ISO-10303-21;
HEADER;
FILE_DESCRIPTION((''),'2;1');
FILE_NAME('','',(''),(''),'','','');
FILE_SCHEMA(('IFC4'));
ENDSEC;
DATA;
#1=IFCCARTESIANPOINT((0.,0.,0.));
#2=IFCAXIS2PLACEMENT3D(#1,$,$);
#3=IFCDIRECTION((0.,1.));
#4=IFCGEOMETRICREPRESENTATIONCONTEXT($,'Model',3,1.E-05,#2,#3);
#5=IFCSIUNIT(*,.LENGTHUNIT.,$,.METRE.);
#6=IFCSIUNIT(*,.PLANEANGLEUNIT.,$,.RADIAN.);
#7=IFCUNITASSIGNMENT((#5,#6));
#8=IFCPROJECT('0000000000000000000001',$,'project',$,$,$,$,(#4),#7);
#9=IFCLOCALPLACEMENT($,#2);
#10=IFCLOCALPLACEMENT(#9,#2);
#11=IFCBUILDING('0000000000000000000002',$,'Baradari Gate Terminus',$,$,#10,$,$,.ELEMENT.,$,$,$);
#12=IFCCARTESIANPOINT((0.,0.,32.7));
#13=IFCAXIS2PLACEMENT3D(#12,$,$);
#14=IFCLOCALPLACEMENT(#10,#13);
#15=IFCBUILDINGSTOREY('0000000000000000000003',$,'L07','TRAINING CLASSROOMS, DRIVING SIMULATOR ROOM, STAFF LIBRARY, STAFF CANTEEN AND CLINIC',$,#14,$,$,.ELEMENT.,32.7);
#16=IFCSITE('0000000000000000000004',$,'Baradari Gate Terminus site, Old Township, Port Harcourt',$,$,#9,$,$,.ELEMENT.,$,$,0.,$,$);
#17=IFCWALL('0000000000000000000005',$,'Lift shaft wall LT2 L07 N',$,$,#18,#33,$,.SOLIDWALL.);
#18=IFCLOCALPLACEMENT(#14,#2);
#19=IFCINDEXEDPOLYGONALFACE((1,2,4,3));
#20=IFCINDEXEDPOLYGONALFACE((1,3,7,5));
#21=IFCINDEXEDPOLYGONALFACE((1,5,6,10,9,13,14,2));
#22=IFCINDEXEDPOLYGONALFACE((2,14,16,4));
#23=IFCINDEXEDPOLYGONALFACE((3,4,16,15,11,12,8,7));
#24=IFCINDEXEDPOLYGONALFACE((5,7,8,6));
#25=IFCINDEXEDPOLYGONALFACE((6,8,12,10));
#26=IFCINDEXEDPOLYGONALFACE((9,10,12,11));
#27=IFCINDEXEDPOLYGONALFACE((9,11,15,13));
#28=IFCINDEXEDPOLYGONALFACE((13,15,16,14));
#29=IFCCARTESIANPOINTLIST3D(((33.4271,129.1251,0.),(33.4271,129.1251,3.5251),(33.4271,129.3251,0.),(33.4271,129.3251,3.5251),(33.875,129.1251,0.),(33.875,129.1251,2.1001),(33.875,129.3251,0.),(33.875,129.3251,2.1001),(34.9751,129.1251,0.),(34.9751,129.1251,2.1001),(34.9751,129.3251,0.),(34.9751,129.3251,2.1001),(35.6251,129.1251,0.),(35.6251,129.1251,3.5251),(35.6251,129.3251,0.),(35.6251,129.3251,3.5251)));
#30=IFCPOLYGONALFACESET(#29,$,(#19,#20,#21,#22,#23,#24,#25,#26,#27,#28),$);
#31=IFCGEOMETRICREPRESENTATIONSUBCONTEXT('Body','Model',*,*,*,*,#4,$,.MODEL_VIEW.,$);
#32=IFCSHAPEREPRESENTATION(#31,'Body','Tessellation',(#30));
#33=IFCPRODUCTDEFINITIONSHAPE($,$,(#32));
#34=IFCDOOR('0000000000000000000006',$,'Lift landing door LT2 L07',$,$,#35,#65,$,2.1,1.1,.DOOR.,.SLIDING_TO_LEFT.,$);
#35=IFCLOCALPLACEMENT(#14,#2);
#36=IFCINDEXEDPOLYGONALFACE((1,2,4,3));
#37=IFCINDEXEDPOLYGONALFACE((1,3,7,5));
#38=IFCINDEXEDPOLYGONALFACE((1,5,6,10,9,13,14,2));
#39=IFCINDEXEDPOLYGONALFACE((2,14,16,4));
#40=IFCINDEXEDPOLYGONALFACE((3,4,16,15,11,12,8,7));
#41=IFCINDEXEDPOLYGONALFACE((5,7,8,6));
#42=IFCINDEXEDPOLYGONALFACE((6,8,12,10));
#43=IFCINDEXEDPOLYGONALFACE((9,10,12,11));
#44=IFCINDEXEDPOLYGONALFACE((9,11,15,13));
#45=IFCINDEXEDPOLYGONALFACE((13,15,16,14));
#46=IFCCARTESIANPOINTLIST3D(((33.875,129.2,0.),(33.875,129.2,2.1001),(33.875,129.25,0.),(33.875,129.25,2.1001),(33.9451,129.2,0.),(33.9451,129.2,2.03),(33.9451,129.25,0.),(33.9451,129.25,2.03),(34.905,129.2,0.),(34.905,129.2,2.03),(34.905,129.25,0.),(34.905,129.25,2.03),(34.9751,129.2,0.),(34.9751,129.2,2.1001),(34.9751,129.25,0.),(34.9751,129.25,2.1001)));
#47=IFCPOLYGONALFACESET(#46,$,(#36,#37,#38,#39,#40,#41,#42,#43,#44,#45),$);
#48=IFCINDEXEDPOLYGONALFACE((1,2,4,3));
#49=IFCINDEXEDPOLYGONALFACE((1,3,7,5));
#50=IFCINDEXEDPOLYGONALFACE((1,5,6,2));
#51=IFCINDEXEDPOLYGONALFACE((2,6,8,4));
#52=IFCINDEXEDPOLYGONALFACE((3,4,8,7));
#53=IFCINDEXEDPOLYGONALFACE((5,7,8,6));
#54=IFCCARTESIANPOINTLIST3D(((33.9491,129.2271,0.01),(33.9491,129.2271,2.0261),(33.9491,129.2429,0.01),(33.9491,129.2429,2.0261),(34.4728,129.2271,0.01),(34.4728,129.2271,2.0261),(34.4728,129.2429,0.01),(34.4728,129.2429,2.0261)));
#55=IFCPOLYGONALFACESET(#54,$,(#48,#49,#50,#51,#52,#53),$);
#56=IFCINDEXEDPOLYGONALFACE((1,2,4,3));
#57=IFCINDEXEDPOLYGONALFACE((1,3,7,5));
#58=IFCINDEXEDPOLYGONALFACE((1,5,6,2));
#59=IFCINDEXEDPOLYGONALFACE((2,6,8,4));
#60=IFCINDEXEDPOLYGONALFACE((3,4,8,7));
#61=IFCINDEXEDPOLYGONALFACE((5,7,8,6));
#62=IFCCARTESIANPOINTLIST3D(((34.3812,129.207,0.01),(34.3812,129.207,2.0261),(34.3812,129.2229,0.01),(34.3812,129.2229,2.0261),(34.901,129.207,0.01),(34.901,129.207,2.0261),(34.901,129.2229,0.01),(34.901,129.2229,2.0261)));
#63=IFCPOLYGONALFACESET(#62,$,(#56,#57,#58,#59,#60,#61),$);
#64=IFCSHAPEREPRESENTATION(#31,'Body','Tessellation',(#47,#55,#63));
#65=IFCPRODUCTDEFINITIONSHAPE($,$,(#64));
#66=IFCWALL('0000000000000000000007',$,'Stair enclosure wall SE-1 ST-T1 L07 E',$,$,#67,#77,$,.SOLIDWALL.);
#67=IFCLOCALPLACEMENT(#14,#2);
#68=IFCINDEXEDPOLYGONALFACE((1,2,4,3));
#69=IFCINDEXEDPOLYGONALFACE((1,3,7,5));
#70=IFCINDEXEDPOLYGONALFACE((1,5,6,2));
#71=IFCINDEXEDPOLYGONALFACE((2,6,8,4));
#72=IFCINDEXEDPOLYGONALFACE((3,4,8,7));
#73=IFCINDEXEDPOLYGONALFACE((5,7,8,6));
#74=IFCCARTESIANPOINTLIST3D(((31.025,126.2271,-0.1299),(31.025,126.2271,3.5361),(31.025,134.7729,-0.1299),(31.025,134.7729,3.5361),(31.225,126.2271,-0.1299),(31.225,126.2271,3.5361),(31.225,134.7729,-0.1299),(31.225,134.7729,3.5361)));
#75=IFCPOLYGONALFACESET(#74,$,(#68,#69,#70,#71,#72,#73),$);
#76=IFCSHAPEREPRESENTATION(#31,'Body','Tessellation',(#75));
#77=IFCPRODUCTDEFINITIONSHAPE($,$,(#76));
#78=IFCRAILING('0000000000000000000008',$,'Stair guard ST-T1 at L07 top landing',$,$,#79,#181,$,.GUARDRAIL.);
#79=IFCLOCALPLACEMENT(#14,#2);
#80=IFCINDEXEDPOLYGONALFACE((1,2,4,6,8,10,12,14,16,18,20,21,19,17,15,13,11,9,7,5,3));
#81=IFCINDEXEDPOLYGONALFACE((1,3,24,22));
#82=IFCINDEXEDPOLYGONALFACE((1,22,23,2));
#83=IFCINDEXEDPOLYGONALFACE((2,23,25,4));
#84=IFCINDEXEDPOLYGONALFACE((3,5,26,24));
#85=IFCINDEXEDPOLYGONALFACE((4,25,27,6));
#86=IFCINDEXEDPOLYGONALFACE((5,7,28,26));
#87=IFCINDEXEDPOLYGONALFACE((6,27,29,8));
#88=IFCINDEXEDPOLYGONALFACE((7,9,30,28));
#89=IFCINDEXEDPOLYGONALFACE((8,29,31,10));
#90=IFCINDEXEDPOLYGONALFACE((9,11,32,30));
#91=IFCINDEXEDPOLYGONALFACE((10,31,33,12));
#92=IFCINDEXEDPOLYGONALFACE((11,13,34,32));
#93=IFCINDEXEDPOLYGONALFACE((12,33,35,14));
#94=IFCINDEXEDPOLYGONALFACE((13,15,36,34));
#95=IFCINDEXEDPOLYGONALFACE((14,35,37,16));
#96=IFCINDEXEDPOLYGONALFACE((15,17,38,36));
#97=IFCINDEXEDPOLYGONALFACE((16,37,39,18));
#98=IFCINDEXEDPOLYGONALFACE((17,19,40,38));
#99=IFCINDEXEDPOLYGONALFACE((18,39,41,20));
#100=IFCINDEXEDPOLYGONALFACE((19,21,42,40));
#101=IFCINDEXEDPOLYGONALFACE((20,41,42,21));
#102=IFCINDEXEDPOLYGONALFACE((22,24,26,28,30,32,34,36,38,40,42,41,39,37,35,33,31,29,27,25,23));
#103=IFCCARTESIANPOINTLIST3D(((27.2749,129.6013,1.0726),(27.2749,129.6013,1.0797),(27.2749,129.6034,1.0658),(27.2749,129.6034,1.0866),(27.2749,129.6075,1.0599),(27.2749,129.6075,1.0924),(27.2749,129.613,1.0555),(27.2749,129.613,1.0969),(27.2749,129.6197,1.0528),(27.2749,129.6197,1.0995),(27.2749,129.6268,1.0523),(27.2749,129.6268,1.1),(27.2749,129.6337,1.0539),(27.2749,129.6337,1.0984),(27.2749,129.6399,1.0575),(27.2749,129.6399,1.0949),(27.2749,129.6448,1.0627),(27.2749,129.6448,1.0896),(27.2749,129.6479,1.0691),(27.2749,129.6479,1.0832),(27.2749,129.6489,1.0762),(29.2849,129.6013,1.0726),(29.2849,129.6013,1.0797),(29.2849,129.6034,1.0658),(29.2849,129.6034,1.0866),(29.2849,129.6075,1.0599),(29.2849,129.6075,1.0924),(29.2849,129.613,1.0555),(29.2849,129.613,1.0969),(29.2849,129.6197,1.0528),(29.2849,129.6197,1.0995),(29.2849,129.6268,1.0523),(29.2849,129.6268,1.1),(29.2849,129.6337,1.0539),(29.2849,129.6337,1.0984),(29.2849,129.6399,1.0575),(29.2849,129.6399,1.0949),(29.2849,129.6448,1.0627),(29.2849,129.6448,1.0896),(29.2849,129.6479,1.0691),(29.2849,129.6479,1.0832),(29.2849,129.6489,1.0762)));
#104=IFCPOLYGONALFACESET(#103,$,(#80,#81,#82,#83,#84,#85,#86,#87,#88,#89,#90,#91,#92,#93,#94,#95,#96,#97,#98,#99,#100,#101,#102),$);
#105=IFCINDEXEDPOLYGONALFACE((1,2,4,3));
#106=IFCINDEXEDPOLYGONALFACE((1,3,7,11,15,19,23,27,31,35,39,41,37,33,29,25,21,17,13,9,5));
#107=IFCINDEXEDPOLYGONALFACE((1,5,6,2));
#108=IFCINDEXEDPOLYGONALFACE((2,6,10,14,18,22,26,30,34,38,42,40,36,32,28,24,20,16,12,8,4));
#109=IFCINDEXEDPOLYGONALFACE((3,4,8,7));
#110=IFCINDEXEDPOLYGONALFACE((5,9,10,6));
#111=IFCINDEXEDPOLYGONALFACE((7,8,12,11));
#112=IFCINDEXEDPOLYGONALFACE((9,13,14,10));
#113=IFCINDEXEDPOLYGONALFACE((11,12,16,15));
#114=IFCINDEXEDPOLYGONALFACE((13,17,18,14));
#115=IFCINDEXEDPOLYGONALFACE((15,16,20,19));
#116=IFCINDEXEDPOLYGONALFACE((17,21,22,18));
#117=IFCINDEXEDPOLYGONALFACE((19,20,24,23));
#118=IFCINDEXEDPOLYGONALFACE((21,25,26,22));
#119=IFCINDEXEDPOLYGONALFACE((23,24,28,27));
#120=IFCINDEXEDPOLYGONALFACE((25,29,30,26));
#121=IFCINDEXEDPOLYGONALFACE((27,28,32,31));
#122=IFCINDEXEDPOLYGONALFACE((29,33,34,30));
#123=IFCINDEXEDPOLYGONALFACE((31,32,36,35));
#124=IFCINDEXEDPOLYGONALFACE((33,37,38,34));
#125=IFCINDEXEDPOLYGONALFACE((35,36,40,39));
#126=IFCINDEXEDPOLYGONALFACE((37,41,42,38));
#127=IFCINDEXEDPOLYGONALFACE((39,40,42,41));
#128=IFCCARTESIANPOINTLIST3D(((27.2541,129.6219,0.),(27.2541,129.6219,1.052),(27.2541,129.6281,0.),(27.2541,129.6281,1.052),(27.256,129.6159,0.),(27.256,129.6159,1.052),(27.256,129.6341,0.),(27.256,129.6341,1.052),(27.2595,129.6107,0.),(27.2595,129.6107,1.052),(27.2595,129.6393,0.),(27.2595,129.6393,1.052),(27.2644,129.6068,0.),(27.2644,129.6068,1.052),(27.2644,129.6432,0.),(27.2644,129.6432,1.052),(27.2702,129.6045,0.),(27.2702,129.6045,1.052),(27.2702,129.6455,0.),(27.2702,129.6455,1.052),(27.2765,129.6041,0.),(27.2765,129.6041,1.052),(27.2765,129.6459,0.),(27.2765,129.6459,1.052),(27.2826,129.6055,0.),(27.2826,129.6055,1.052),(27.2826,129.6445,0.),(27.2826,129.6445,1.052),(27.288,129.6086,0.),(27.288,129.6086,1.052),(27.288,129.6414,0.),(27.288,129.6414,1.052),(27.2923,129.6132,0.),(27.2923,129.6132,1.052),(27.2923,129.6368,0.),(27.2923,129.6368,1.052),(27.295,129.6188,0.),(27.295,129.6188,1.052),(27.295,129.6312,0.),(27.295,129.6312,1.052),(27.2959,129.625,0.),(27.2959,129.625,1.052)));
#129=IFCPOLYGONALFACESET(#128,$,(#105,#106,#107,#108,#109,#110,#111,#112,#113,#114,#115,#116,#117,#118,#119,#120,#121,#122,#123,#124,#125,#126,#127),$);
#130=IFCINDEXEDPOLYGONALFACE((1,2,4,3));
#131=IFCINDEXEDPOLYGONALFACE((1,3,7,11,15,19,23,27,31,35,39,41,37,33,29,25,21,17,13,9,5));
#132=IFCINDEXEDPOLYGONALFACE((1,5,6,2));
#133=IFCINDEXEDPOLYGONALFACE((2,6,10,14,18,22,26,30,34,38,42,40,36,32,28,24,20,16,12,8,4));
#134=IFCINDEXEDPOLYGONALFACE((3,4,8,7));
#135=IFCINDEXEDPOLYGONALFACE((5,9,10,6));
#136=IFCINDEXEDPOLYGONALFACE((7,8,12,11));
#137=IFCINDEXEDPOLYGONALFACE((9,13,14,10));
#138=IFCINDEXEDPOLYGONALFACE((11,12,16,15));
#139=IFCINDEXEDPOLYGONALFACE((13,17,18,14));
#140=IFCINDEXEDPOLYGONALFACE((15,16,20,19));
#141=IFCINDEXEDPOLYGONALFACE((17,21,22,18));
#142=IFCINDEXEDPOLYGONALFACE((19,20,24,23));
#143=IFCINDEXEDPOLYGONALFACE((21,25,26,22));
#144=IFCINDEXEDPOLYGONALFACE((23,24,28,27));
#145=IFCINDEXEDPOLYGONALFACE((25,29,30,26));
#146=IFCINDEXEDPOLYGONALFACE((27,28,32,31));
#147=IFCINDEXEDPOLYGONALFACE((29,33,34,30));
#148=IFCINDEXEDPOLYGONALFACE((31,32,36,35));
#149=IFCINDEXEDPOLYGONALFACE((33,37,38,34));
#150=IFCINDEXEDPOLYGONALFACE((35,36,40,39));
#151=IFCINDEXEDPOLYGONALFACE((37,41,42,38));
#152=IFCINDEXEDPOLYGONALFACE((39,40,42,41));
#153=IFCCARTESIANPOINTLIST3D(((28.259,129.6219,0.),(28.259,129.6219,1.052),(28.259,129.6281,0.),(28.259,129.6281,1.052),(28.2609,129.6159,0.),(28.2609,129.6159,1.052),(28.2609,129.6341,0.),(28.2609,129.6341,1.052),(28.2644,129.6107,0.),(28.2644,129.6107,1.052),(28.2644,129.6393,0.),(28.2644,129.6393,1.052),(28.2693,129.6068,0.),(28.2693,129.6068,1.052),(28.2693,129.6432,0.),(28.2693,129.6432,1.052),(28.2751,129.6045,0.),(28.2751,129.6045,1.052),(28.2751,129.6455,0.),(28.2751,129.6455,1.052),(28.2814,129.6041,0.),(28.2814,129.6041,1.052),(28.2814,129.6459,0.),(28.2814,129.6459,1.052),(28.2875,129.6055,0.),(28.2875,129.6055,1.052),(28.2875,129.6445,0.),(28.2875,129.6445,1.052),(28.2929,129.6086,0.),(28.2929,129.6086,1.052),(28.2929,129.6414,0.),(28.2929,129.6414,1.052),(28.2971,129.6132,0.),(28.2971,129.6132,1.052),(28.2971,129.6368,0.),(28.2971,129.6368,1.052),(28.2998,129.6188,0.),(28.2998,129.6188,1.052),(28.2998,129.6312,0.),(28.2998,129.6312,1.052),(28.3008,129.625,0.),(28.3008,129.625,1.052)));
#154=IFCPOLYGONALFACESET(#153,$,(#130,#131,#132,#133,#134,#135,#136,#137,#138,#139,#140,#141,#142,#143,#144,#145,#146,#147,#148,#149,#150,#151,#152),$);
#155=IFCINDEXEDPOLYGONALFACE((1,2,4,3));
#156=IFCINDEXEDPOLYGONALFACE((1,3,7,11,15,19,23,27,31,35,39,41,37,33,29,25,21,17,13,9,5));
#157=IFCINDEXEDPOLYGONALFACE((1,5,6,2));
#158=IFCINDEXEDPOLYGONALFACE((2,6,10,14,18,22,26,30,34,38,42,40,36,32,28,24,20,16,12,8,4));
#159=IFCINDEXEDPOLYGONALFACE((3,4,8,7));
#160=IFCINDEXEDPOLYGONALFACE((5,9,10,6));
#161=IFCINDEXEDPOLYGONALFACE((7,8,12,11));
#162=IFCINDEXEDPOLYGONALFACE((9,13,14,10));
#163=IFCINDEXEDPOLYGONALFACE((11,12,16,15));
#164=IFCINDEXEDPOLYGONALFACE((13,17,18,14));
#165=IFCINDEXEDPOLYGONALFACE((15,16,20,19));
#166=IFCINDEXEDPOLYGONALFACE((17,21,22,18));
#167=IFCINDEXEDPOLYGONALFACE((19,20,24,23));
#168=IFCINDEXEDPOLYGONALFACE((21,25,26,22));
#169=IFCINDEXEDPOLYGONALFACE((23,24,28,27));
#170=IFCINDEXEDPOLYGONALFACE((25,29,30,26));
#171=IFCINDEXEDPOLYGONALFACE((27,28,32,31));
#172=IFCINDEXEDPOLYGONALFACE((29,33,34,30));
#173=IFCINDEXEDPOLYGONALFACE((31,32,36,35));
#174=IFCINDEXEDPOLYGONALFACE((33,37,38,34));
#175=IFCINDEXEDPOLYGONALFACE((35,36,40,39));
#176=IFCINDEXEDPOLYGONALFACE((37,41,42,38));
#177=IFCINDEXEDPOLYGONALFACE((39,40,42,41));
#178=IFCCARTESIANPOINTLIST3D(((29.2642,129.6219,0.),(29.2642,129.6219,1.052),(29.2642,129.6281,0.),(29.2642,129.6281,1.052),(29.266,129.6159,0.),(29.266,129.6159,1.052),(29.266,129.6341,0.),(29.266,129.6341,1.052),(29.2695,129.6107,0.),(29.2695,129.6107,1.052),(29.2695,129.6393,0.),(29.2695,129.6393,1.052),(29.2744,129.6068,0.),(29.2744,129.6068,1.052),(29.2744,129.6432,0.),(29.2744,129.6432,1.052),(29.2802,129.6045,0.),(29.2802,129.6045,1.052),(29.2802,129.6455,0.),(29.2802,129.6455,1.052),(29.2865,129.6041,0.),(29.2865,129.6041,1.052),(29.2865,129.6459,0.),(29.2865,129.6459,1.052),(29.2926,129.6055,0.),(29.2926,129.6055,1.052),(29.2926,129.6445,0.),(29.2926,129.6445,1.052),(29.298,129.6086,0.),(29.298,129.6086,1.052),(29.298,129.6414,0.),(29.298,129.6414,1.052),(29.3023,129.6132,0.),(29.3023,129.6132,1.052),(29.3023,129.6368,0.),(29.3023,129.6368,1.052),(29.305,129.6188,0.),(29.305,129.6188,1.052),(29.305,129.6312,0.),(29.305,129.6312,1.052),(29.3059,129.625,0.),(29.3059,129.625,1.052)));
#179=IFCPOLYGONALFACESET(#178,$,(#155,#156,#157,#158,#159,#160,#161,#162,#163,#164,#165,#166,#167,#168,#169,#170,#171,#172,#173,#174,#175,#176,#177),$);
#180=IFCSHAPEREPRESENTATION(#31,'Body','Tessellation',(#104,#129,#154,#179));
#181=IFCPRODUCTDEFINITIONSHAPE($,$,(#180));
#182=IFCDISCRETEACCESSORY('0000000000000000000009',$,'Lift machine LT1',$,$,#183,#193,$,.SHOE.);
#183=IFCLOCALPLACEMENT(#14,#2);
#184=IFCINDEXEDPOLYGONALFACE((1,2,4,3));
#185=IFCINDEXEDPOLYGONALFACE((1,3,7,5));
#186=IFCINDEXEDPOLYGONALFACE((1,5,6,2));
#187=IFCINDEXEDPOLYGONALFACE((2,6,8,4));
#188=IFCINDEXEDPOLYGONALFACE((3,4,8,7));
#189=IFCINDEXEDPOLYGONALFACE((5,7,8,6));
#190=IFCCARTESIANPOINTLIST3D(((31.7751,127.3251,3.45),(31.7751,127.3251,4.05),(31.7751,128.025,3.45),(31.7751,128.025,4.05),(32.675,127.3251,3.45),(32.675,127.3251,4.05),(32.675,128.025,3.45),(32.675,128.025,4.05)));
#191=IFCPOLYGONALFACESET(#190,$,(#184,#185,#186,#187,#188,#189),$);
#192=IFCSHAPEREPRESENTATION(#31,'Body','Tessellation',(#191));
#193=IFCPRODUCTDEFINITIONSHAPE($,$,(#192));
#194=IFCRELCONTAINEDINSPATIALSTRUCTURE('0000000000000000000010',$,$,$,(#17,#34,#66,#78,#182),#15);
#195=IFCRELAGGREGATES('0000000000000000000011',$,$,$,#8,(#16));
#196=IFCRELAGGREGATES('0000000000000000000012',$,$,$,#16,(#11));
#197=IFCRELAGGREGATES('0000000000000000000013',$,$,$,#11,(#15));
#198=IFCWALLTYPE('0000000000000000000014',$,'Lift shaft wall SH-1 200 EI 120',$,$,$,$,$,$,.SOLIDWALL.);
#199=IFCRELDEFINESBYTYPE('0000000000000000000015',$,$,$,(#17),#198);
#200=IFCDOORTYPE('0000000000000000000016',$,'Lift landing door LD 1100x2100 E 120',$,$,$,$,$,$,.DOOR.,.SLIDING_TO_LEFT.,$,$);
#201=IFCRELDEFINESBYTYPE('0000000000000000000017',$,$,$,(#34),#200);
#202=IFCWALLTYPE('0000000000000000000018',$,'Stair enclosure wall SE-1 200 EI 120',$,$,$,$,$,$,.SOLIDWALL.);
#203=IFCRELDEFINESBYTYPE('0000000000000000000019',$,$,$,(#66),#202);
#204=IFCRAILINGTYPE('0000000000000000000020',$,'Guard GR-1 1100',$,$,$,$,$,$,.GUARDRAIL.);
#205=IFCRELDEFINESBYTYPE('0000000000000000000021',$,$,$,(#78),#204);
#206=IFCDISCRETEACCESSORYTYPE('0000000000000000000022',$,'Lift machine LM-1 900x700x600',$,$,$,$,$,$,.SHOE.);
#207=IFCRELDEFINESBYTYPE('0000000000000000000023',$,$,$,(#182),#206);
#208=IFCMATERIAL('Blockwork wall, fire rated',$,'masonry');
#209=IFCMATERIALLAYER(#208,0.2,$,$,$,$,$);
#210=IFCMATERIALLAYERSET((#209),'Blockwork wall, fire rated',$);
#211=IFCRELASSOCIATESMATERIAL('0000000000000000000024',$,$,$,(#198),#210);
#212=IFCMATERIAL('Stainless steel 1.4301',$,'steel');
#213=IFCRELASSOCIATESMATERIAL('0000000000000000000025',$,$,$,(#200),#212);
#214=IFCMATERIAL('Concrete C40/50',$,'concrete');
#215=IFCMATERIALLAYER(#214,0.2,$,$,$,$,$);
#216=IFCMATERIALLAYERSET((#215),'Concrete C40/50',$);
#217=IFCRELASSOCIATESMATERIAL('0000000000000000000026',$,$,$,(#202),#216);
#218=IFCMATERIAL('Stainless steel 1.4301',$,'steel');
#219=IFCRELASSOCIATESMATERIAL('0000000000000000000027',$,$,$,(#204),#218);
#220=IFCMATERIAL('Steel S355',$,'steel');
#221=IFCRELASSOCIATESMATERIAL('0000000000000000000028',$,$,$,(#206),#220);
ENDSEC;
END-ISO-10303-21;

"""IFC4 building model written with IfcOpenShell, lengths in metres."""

from ifc_helpers import new_model, si_unit, direction, frame, frame_2d, origin, origin_2d, place, context, subcontext, project, spatial, polyline, rectangle, circle, outline, extrude, material, layer, layer_set, type_object, element, fill, save


model = new_model("IFC4")

# Units and contexts
model_context = context("Model", 3, precision=1e-05, world=origin(), true_north=direction((0.0, 1.0)))
body_context = subcontext(model_context, "Body", "Model", "MODEL_VIEW")
ifc_project = project(units=[si_unit("LENGTHUNIT", "METRE"), si_unit("PLANEANGLEUNIT", "RADIAN")], contexts=[model_context])

# Site, building, storey
site_placement = place(None, origin())
site = spatial("IfcSite", under=ifc_project, at=site_placement, Name="Baradari Gate Terminus site, Old Township, Port Harcourt", CompositionType="ELEMENT", RefElevation=0.0)
building_placement = place(site_placement, origin())
building = spatial("IfcBuilding", under=site, at=building_placement, Name="Baradari Gate Terminus", CompositionType="ELEMENT")
storey_placement = place(building_placement, frame((0.0, 0.0, 32.7)))
storey = spatial("IfcBuildingStorey", under=building, at=storey_placement, Name="L07", Description="TRAINING CLASSROOMS, DRIVING SIMULATOR ROOM, STAFF LIBRARY, STAFF CANTEEN AND CLINIC", CompositionType="ELEMENT", Elevation=32.7)

# Shared definitions
ifc_material_1 = material(Name="Blockwork wall, fire rated", Category="masonry")
ifc_layer_1 = layer(ifc_material_1, 0.2)
ifc_layer_set_1 = layer_set([ifc_layer_1], Name="Blockwork wall, fire rated")
wall_type_1 = type_object("IfcWallType", Name="Lift shaft wall SH-1 200 EI 120", PredefinedType="SOLIDWALL", material=ifc_layer_set_1)
ifc_material_2 = material(Name="Stainless steel 1.4301", Category="steel")
door_type = type_object("IfcDoorType", Name="Lift landing door LD 1100x2100 E 120", OperationType="SLIDING_TO_LEFT", PredefinedType="DOOR", material=ifc_material_2)

# Wall, opening, door
wall_1_placement = place(storey_placement, frame((33.427, 129.2251, 0.0), z_axis=(0.0, 0.0, 1.0), x_axis=(1.0, 0.0, 0.0)))
wall_1 = element("IfcWall", 1, at=wall_1_placement, inside=storey, type_object=wall_type_1, Name="Lift shaft wall LT2 L07 N", PredefinedType="SOLIDWALL", context=body_context, shape_type="SweptSolid", body=[
    extrude(rectangle(XDim=2.198, YDim=0.2, at=frame_2d((1.0991, 0.0))), origin(), (0.0, 0.0, 1.0), 3.5251),
])
opening_1_placement = place(wall_1_placement, frame((0.448, 0.0, 0.0)))
opening_1 = element("IfcOpeningElement", 2, at=opening_1_placement, cuts=wall_1, PredefinedType="OPENING", context=body_context, shape_type="SweptSolid", body=[
    extrude(rectangle(XDim=1.1001, YDim=2.1001, at=frame_2d((0.55, 1.05))), frame((0.0, 0.1099, 0.0), z_axis=(0.0, -1.0, 0.0), x_axis=(1.0, 0.0, 0.0)), (0.0, 0.0, 1.0), 0.22),
])
door_1_placement = place(opening_1_placement, origin())
door_1 = element("IfcDoor", 3, at=door_1_placement, inside=storey, type_object=door_type, Name="Lift landing door LT2 L07", OperationType="SLIDING_TO_LEFT", OverallHeight=2.1, OverallWidth=1.1, PredefinedType="DOOR", context=body_context, shape_type="SweptSolid", body=[
    extrude(outline(polyline([(0.0, 0.0), (0.0701, 0.0), (0.0701, 2.03), (1.03, 2.03), (1.03, 0.0), (1.1001, 0.0), (1.1001, 2.1001), (0.0, 2.1001), (0.0, 0.0)])), frame((0.0, 0.0249, 0.0), z_axis=(0.0, -1.0, 0.0), x_axis=(1.0, 0.0, 0.0)), (0.0, 0.0, 1.0), 0.05),
    extrude(rectangle(XDim=0.5237, YDim=2.0161, at=frame_2d((0.3359, 1.0181))), frame((0.0, 0.0178, 0.0), z_axis=(0.0, -1.0, 0.0), x_axis=(1.0, 0.0, 0.0)), (0.0, 0.0, 1.0), 0.0159),
    extrude(rectangle(XDim=0.5198, YDim=2.0161, at=frame_2d((0.7661, 1.0181))), frame((0.0, -0.0022, 0.0), z_axis=(0.0, -1.0, 0.0), x_axis=(1.0, 0.0, 0.0)), (0.0, 0.0, 1.0), 0.0159),
])
fill(opening_1, door_1)

# Wall
ifc_material_3 = material(Name="Concrete C40/50", Category="concrete")
ifc_layer_2 = layer(ifc_material_3, 0.2)
ifc_layer_set_2 = layer_set([ifc_layer_2], Name="Concrete C40/50")
wall_type_2 = type_object("IfcWallType", Name="Stair enclosure wall SE-1 200 EI 120", PredefinedType="SOLIDWALL", material=ifc_layer_set_2)
wall_2_placement = place(storey_placement, frame((31.125, 126.2271, -0.1299), z_axis=(0.0, 0.0, 1.0), x_axis=(0.0, 1.0, 0.0)))
element("IfcWall", 4, at=wall_2_placement, inside=storey, type_object=wall_type_2, Name="Stair enclosure wall SE-1 ST-T1 L07 E", PredefinedType="SOLIDWALL", context=body_context, shape_type="SweptSolid", body=[
    extrude(rectangle(XDim=8.5459, YDim=0.2, at=frame_2d((4.2729, 0.0))), origin(), (0.0, 0.0, 1.0), 3.666),
])

# Railing
ifc_material_4 = material(Name="Stainless steel 1.4301", Category="steel")
railing_type = type_object("IfcRailingType", Name="Guard GR-1 1100", PredefinedType="GUARDRAIL", material=ifc_material_4)
railing_placement = place(storey_placement, frame((27.2749, 129.625, 0.0)))
element("IfcRailing", 5, at=railing_placement, inside=storey, type_object=railing_type, Name="Stair guard ST-T1 at L07 top landing", PredefinedType="GUARDRAIL", context=body_context, shape_type="SweptSolid", body=[
    extrude(circle(Radius=0.0239, at=origin_2d()), frame((0.0, 0.0, 1.0762), z_axis=(1.0, 0.0, 0.0), x_axis=(0.0, 1.0, 0.0)), (0.0, 0.0, 1.0), 2.01),
    extrude(circle(Radius=0.021, at=origin_2d()), origin(), (0.0, 0.0, 1.0), 1.052),
    extrude(circle(Radius=0.021, at=origin_2d()), frame((1.0049, 0.0, 0.0)), (0.0, 0.0, 1.0), 1.052),
    extrude(circle(Radius=0.021, at=origin_2d()), frame((2.01, 0.0, 0.0)), (0.0, 0.0, 1.0), 1.052),
])

# Discrete accessory
ifc_material_5 = material(Name="Steel S355", Category="steel")
discrete_accessory_type_1 = type_object("IfcDiscreteAccessoryType", Name="Lift machine LM-1 900x700x600", PredefinedType="SHOE", material=ifc_material_5)
for number, where, z_axis, x_axis, name in (
    (6, (32.2251, 127.675, 3.45), (0.0, 0.0, 1.0), (1.0, 0.0, 0.0), "Lift machine LT1"),
):
    element("IfcDiscreteAccessory", number, at=place(storey_placement, frame(where, z_axis=z_axis, x_axis=x_axis)), inside=storey, type_object=discrete_accessory_type_1, Name=name, PredefinedType="SHOE", context=body_context, shape_type="SweptSolid", body=[
        extrude(rectangle(XDim=0.8999, YDim=0.7, at=origin_2d()), origin(), (0.0, 0.0, 1.0), 0.6001),
    ])

save(model, "model.ifc")
